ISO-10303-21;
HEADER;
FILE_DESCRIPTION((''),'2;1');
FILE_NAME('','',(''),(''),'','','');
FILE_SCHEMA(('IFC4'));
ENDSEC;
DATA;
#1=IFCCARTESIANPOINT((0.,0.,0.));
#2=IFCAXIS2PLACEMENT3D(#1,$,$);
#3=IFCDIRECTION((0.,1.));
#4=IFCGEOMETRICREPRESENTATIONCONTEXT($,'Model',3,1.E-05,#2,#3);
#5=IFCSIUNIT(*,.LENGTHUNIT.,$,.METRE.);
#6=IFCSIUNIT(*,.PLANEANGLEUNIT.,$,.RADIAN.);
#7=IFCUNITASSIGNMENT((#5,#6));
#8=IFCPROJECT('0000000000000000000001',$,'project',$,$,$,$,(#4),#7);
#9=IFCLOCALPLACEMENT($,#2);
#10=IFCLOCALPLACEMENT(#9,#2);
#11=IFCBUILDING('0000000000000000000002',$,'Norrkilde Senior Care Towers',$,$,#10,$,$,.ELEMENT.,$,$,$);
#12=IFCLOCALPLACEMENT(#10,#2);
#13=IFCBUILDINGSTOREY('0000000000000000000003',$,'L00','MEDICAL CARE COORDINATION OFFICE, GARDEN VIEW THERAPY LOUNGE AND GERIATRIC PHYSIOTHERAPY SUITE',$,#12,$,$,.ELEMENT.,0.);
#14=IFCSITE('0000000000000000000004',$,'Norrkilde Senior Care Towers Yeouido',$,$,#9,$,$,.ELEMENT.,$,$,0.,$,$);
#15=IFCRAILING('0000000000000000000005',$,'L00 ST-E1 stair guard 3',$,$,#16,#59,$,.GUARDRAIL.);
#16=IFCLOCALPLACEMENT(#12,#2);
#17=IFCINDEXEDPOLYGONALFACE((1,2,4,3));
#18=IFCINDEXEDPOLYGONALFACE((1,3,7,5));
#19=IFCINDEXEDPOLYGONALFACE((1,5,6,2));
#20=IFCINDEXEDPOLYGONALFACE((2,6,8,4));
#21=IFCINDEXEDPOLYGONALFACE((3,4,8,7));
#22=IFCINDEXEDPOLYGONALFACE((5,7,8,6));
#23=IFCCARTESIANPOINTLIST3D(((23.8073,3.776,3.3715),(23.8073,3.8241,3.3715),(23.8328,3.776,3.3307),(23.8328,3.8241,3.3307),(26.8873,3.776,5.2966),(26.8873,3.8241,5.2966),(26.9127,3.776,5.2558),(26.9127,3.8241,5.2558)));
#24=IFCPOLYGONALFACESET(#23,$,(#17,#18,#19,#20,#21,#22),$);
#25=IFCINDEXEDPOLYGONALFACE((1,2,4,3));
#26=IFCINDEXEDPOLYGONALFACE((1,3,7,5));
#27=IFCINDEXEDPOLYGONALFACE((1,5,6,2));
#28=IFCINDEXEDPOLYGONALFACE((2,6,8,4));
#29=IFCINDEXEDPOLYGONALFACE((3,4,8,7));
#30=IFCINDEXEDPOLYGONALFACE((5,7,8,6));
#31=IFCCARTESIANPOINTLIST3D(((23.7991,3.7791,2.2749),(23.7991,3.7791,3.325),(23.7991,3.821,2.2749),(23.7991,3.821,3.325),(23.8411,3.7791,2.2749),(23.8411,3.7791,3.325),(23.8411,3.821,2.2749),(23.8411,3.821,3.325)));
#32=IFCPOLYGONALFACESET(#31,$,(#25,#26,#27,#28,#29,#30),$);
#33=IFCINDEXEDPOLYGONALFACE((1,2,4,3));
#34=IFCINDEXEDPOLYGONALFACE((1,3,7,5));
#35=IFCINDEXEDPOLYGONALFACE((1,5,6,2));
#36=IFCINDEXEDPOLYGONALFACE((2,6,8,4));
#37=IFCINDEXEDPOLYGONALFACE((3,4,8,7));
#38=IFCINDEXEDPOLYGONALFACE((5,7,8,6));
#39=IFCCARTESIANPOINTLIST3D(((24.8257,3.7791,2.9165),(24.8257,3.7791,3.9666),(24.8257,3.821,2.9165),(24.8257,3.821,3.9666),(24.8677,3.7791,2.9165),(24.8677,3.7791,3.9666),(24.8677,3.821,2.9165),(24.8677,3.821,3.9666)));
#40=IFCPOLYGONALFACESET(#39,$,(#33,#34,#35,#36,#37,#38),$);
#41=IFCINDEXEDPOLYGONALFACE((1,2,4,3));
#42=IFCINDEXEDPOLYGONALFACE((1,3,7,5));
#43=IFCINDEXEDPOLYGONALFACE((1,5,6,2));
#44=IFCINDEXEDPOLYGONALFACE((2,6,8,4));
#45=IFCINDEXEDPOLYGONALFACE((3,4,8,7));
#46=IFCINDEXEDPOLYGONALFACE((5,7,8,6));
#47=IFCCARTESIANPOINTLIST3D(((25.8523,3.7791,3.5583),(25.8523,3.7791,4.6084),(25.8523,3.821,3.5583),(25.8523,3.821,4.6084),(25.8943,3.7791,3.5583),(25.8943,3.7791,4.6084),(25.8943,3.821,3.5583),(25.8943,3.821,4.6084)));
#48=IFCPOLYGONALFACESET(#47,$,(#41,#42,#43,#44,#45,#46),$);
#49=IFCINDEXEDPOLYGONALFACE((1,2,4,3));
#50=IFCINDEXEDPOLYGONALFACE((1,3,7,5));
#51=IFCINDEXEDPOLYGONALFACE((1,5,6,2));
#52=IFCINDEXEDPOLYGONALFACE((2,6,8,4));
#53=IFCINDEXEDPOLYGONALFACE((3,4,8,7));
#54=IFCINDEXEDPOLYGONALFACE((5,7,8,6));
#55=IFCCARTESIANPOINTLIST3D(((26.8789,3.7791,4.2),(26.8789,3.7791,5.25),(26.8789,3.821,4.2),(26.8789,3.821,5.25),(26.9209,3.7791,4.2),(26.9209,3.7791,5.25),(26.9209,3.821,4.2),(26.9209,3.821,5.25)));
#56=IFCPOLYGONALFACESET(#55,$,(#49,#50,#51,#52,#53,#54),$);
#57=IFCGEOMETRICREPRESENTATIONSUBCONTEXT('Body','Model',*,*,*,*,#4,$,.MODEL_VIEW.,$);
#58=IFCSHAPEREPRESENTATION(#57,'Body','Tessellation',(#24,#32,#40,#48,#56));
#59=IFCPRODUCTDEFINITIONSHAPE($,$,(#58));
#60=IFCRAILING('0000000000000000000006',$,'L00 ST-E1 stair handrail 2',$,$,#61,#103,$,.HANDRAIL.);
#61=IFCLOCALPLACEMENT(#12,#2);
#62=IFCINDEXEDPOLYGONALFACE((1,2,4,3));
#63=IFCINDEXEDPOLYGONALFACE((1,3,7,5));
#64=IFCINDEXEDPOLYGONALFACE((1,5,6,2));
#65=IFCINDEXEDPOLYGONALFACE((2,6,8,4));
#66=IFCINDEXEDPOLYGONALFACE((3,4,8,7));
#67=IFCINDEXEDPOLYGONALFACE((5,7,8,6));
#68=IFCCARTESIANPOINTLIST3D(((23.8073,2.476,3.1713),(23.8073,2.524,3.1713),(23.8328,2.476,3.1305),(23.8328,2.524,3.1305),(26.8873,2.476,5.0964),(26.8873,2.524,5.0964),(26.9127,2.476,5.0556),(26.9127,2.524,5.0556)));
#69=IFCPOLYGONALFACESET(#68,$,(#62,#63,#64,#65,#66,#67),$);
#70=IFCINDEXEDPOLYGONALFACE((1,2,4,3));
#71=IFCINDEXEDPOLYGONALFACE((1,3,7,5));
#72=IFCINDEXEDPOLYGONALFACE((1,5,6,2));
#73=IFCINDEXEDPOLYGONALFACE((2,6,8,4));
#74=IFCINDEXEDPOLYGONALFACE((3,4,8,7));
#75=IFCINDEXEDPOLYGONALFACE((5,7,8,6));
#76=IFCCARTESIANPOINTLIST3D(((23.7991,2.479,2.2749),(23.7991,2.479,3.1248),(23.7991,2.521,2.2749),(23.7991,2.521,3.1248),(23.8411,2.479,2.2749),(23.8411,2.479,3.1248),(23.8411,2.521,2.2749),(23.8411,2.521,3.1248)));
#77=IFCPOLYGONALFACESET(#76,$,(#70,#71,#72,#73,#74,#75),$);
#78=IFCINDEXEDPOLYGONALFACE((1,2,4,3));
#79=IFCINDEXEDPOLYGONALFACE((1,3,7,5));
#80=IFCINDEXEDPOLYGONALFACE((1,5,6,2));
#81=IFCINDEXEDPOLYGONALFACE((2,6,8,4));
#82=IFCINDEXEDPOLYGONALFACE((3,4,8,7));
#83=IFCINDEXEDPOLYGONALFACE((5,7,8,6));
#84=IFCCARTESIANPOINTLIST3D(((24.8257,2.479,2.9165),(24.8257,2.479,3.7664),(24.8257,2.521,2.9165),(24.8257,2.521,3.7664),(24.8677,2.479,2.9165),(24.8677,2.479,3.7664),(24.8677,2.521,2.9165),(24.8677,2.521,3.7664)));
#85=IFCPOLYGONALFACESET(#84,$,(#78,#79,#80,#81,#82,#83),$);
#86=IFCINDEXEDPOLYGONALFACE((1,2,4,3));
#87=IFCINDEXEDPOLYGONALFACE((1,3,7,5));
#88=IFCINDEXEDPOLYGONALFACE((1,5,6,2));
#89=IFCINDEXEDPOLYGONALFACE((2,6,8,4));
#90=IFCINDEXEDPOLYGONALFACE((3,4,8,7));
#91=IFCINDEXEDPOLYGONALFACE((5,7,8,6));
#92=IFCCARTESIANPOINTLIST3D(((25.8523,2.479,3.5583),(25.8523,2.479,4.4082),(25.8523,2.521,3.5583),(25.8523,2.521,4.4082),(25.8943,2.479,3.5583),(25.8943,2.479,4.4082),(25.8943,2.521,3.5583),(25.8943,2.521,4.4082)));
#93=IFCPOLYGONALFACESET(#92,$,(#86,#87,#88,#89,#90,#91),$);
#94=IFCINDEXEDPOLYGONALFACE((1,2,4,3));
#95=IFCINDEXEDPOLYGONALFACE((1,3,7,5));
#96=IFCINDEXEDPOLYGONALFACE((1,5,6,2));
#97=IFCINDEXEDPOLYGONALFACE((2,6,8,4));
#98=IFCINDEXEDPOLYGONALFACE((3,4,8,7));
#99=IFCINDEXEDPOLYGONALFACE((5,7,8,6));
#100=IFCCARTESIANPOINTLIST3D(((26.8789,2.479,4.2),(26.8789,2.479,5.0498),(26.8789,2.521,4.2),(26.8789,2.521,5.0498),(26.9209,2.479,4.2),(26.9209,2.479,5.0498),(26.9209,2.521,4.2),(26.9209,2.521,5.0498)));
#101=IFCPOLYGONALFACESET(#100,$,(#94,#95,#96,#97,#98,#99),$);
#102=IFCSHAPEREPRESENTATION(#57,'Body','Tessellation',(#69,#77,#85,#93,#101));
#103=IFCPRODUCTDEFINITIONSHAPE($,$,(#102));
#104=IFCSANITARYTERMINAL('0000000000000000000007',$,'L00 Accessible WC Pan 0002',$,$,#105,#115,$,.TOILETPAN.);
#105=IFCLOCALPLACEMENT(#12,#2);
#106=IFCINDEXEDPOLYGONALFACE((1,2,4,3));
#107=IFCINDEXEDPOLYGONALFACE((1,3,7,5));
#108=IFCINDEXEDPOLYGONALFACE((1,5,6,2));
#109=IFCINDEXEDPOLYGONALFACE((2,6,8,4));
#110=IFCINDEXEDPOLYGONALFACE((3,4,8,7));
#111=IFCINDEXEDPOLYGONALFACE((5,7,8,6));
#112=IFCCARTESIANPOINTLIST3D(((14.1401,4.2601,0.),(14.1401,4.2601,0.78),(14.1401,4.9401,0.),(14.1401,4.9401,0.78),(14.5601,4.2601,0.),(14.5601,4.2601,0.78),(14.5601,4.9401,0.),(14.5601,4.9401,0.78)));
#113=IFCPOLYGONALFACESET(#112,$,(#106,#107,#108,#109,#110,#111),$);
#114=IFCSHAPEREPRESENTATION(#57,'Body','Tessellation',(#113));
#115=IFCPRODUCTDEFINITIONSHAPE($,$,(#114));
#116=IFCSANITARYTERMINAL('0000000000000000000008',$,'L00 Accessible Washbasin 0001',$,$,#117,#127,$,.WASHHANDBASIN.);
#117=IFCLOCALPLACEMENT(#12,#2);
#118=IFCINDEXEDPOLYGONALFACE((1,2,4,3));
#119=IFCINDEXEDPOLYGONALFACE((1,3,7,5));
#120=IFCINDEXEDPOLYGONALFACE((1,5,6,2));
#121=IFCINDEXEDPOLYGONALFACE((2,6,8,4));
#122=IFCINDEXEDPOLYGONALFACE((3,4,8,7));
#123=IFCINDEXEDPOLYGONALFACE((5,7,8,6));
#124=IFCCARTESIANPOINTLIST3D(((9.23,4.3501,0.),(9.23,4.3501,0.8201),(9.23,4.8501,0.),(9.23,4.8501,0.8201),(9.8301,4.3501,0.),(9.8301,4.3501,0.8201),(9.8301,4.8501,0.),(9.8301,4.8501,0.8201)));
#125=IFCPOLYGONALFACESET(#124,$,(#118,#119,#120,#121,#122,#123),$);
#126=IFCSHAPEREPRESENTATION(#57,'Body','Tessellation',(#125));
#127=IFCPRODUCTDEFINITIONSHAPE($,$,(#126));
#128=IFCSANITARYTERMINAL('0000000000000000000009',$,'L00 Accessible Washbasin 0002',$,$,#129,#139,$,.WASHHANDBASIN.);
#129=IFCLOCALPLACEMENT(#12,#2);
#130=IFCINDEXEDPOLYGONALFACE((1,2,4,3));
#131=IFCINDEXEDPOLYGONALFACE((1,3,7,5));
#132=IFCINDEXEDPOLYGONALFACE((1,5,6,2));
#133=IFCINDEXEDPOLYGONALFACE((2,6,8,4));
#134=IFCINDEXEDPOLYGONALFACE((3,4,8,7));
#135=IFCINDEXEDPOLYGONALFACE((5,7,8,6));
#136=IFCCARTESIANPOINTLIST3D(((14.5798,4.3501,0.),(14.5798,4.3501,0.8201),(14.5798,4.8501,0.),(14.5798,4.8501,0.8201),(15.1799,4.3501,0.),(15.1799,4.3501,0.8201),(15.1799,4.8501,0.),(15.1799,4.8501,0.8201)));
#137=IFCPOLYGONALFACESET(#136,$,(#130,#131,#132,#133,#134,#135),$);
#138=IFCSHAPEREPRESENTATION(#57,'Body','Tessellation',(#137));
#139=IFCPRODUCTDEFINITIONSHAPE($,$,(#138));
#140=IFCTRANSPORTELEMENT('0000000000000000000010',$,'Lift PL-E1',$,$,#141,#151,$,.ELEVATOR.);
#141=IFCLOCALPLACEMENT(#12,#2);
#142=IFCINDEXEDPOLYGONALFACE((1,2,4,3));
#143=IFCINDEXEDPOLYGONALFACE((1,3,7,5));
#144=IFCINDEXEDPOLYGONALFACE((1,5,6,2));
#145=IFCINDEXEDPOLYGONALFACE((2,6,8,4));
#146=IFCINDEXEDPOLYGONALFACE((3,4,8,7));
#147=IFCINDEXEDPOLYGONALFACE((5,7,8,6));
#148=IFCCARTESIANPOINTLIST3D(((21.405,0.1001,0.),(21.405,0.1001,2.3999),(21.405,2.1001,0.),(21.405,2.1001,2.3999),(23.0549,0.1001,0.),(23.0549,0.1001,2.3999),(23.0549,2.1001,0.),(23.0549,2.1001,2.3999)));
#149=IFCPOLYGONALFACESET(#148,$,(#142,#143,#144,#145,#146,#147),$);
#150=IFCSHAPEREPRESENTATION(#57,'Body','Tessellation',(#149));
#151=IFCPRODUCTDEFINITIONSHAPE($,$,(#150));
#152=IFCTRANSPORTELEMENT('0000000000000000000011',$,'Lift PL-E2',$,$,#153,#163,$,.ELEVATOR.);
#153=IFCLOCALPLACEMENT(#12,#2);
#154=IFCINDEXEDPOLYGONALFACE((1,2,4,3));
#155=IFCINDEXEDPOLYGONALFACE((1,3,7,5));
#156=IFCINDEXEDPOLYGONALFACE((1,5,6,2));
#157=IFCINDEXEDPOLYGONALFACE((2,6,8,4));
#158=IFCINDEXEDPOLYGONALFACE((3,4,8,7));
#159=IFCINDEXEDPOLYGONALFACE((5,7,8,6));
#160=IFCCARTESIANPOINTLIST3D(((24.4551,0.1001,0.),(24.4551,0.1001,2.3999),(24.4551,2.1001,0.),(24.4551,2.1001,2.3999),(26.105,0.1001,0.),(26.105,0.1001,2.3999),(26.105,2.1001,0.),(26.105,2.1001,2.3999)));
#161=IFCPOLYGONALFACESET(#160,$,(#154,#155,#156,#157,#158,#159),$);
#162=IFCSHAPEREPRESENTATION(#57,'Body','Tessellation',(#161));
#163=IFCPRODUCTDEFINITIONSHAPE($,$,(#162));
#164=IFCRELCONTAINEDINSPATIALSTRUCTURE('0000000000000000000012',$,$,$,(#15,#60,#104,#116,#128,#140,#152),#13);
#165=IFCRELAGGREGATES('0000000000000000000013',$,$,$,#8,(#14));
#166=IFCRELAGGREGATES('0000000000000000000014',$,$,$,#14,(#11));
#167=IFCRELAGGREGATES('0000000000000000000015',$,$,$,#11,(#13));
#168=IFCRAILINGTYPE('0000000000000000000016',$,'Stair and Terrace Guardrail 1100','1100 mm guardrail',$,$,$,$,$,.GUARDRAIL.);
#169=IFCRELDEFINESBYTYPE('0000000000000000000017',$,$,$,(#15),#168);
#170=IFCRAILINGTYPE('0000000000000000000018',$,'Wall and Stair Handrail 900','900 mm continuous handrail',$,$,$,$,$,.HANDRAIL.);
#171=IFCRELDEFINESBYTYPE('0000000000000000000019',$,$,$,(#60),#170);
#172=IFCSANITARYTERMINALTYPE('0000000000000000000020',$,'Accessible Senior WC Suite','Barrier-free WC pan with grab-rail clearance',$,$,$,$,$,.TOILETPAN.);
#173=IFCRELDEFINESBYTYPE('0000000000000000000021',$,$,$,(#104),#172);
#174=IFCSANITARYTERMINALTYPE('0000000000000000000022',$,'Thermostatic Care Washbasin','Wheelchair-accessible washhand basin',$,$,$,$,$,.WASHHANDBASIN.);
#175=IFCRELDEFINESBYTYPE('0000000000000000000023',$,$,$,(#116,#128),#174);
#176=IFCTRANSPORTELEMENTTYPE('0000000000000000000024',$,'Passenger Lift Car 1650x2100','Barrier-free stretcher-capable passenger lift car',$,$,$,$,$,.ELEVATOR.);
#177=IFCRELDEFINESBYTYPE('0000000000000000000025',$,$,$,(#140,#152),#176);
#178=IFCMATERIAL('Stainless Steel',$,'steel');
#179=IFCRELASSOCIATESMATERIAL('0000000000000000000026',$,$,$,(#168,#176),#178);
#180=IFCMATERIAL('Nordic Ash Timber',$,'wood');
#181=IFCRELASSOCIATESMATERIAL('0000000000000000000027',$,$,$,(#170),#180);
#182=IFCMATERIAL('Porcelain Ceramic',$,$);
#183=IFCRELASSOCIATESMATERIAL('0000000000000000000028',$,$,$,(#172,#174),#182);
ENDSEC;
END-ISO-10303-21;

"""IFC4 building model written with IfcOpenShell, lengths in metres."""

from ifc_helpers import new_model, si_unit, direction, frame, origin, origin_2d, place, context, subcontext, project, spatial, rectangle, extrude, source, transform, mapped, material, type_object, type_shapes, element, save


model = new_model("IFC4")

# Units and contexts
model_context = context("Model", 3, precision=1e-05, world=origin(), true_north=direction((0.0, 1.0)))
body_context = subcontext(model_context, "Body", "Model", "MODEL_VIEW")
ifc_project = project(units=[si_unit("LENGTHUNIT", "METRE"), si_unit("PLANEANGLEUNIT", "RADIAN")], contexts=[model_context])

# Site, building, storey
site_placement = place(None, origin())
site = spatial("IfcSite", under=ifc_project, at=site_placement, Name="Norrkilde Senior Care Towers Yeouido", CompositionType="ELEMENT", RefElevation=0.0)
building_placement = place(site_placement, origin())
building = spatial("IfcBuilding", under=site, at=building_placement, Name="Norrkilde Senior Care Towers", CompositionType="ELEMENT")
storey_placement = place(building_placement, origin())
storey = spatial("IfcBuildingStorey", under=building, at=storey_placement, Name="L00", Description="MEDICAL CARE COORDINATION OFFICE, GARDEN VIEW THERAPY LOUNGE AND GERIATRIC PHYSIOTHERAPY SUITE", CompositionType="ELEMENT", Elevation=0.0)

# Railings
ifc_material_1 = material(Name="Stainless Steel", Category="steel")
railing_type_1 = type_object("IfcRailingType", Name="Stair and Terrace Guardrail 1100", Description="1100 mm guardrail", PredefinedType="GUARDRAIL", material=ifc_material_1)
railing_1_placement = place(storey_placement, frame((23.8201, 3.8, 2.2749)))
element("IfcRailing", 1, at=railing_1_placement, inside=storey, type_object=railing_type_1, Name="L00 ST-E1 stair guard 3", PredefinedType="GUARDRAIL", context=body_context, shape_type="SweptSolid", body=[
    extrude(rectangle(XDim=0.0481, YDim=0.0481, at=origin_2d()), frame((0.0, 0.0, 1.0762), z_axis=(0.847979, 0.0, 0.530029), x_axis=(0.0, 1.0, 0.0)), (0.0, 0.0, 1.0), 3.6321),
    extrude(rectangle(XDim=0.042, YDim=0.042, at=origin_2d()), origin(), (0.0, 0.0, 1.0), 1.05),
    extrude(rectangle(XDim=0.042, YDim=0.042, at=origin_2d()), frame((1.0266, 0.0, 0.6416)), (0.0, 0.0, 1.0), 1.05),
    extrude(rectangle(XDim=0.042, YDim=0.042, at=origin_2d()), frame((2.0532, 0.0, 1.2834)), (0.0, 0.0, 1.0), 1.05),
    extrude(rectangle(XDim=0.042, YDim=0.042, at=origin_2d()), frame((3.0798, 0.0, 1.925)), (0.0, 0.0, 1.0), 1.05),
])
ifc_material_2 = material(Name="Nordic Ash Timber", Category="wood")
railing_type_2 = type_object("IfcRailingType", Name="Wall and Stair Handrail 900", Description="900 mm continuous handrail", PredefinedType="HANDRAIL", material=ifc_material_2)
railing_2_placement = place(storey_placement, frame((23.8201, 2.5, 2.2749)))
element("IfcRailing", 2, at=railing_2_placement, inside=storey, type_object=railing_type_2, Name="L00 ST-E1 stair handrail 2", PredefinedType="HANDRAIL", context=body_context, shape_type="SweptSolid", body=[
    extrude(rectangle(XDim=0.0481, YDim=0.0481, at=origin_2d()), frame((0.0, 0.0, 0.876), z_axis=(0.847979, 0.0, 0.530029), x_axis=(0.0, 1.0, 0.0)), (0.0, 0.0, 1.0), 3.6321),
    extrude(rectangle(XDim=0.042, YDim=0.042, at=origin_2d()), origin(), (0.0, 0.0, 1.0), 0.8499),
    extrude(rectangle(XDim=0.042, YDim=0.042, at=origin_2d()), frame((1.0266, 0.0, 0.6416)), (0.0, 0.0, 1.0), 0.8499),
    extrude(rectangle(XDim=0.042, YDim=0.042, at=origin_2d()), frame((2.0532, 0.0, 1.2834)), (0.0, 0.0, 1.0), 0.8499),
    extrude(rectangle(XDim=0.042, YDim=0.042, at=origin_2d()), frame((3.0798, 0.0, 1.925)), (0.0, 0.0, 1.0), 0.8499),
])

# Sanitary terminals
ifc_material_3 = material(Name="Porcelain Ceramic")
sanitary_terminal_type_1 = type_object("IfcSanitaryTerminalType", Name="Accessible Senior WC Suite", Description="Barrier-free WC pan with grab-rail clearance", PredefinedType="TOILETPAN", material=ifc_material_3)
shared_shape_1 = source(origin(), body_context, "Body", "SweptSolid", [
    extrude(rectangle(XDim=0.4199, YDim=0.6799, at=origin_2d()), origin(), (0.0, 0.0, 1.0), 0.78),
])
type_shapes(sanitary_terminal_type_1, [shared_shape_1])
sanitary_terminal_placement = place(storey_placement, frame((14.3501, 4.6001, 0.0), z_axis=(0.0, 0.0, 1.0), x_axis=(1.0, 0.0, 0.0)))
element("IfcSanitaryTerminal", 3, at=sanitary_terminal_placement, inside=storey, type_object=sanitary_terminal_type_1, Name="L00 Accessible WC Pan 0002", PredefinedType="TOILETPAN", context=body_context, shape_type="MappedRepresentation", body=[
    mapped(shared_shape_1, transform((0.0, 0.0, 0.0), x_axis=(1.0, 0.0, 0.0), y_axis=(0.0, 1.0, 0.0), z_axis=(0.0, 0.0, 1.0), scale=1.0)),
])
sanitary_terminal_type_2 = type_object("IfcSanitaryTerminalType", Name="Thermostatic Care Washbasin", Description="Wheelchair-accessible washhand basin", PredefinedType="WASHHANDBASIN", material=ifc_material_3)
shared_shape_2 = source(origin(), body_context, "Body", "SweptSolid", [
    extrude(rectangle(XDim=0.6001, YDim=0.5, at=origin_2d()), origin(), (0.0, 0.0, 1.0), 0.8201),
])
type_shapes(sanitary_terminal_type_2, [shared_shape_2])
for number, where, z_axis, x_axis, name in (
    (4, (9.53, 4.6001, 0.0), (0.0, 0.0, 1.0), (1.0, 0.0, 0.0), "L00 Accessible Washbasin 0001"),
    (5, (14.8799, 4.6001, 0.0), (0.0, 0.0, 1.0), (1.0, 0.0, 0.0), "L00 Accessible Washbasin 0002"),
):
    element("IfcSanitaryTerminal", number, at=place(storey_placement, frame(where, z_axis=z_axis, x_axis=x_axis)), inside=storey, type_object=sanitary_terminal_type_2, Name=name, PredefinedType="WASHHANDBASIN", context=body_context, shape_type="MappedRepresentation", body=[
        mapped(shared_shape_2, transform((0.0, 0.0, 0.0), x_axis=(1.0, 0.0, 0.0), y_axis=(0.0, 1.0, 0.0), z_axis=(0.0, 0.0, 1.0), scale=1.0)),
    ])

# Transport elements
transport_element_type = type_object("IfcTransportElementType", Name="Passenger Lift Car 1650x2100", Description="Barrier-free stretcher-capable passenger lift car", PredefinedType="ELEVATOR", material=ifc_material_1)
shared_shape_3 = source(origin(), body_context, "Body", "SweptSolid", [
    extrude(rectangle(XDim=1.6499, YDim=2.0, at=origin_2d()), origin(), (0.0, 0.0, 1.0), 2.3999),
])
type_shapes(transport_element_type, [shared_shape_3])
for number, where, z_axis, x_axis, name in (
    (6, (22.23, 1.1001, 0.0), (0.0, 0.0, 1.0), (1.0, 0.0, 0.0), "Lift PL-E1"),
    (7, (25.28, 1.1001, 0.0), (0.0, 0.0, 1.0), (1.0, 0.0, 0.0), "Lift PL-E2"),
):
    element("IfcTransportElement", number, at=place(storey_placement, frame(where, z_axis=z_axis, x_axis=x_axis)), inside=storey, type_object=transport_element_type, Name=name, PredefinedType="ELEVATOR", context=body_context, shape_type="MappedRepresentation", body=[
        mapped(shared_shape_3, transform((0.0, 0.0, 0.0), x_axis=(1.0, 0.0, 0.0), y_axis=(0.0, 1.0, 0.0), z_axis=(0.0, 0.0, 1.0), scale=1.0)),
    ])

save(model, "model.ifc")
